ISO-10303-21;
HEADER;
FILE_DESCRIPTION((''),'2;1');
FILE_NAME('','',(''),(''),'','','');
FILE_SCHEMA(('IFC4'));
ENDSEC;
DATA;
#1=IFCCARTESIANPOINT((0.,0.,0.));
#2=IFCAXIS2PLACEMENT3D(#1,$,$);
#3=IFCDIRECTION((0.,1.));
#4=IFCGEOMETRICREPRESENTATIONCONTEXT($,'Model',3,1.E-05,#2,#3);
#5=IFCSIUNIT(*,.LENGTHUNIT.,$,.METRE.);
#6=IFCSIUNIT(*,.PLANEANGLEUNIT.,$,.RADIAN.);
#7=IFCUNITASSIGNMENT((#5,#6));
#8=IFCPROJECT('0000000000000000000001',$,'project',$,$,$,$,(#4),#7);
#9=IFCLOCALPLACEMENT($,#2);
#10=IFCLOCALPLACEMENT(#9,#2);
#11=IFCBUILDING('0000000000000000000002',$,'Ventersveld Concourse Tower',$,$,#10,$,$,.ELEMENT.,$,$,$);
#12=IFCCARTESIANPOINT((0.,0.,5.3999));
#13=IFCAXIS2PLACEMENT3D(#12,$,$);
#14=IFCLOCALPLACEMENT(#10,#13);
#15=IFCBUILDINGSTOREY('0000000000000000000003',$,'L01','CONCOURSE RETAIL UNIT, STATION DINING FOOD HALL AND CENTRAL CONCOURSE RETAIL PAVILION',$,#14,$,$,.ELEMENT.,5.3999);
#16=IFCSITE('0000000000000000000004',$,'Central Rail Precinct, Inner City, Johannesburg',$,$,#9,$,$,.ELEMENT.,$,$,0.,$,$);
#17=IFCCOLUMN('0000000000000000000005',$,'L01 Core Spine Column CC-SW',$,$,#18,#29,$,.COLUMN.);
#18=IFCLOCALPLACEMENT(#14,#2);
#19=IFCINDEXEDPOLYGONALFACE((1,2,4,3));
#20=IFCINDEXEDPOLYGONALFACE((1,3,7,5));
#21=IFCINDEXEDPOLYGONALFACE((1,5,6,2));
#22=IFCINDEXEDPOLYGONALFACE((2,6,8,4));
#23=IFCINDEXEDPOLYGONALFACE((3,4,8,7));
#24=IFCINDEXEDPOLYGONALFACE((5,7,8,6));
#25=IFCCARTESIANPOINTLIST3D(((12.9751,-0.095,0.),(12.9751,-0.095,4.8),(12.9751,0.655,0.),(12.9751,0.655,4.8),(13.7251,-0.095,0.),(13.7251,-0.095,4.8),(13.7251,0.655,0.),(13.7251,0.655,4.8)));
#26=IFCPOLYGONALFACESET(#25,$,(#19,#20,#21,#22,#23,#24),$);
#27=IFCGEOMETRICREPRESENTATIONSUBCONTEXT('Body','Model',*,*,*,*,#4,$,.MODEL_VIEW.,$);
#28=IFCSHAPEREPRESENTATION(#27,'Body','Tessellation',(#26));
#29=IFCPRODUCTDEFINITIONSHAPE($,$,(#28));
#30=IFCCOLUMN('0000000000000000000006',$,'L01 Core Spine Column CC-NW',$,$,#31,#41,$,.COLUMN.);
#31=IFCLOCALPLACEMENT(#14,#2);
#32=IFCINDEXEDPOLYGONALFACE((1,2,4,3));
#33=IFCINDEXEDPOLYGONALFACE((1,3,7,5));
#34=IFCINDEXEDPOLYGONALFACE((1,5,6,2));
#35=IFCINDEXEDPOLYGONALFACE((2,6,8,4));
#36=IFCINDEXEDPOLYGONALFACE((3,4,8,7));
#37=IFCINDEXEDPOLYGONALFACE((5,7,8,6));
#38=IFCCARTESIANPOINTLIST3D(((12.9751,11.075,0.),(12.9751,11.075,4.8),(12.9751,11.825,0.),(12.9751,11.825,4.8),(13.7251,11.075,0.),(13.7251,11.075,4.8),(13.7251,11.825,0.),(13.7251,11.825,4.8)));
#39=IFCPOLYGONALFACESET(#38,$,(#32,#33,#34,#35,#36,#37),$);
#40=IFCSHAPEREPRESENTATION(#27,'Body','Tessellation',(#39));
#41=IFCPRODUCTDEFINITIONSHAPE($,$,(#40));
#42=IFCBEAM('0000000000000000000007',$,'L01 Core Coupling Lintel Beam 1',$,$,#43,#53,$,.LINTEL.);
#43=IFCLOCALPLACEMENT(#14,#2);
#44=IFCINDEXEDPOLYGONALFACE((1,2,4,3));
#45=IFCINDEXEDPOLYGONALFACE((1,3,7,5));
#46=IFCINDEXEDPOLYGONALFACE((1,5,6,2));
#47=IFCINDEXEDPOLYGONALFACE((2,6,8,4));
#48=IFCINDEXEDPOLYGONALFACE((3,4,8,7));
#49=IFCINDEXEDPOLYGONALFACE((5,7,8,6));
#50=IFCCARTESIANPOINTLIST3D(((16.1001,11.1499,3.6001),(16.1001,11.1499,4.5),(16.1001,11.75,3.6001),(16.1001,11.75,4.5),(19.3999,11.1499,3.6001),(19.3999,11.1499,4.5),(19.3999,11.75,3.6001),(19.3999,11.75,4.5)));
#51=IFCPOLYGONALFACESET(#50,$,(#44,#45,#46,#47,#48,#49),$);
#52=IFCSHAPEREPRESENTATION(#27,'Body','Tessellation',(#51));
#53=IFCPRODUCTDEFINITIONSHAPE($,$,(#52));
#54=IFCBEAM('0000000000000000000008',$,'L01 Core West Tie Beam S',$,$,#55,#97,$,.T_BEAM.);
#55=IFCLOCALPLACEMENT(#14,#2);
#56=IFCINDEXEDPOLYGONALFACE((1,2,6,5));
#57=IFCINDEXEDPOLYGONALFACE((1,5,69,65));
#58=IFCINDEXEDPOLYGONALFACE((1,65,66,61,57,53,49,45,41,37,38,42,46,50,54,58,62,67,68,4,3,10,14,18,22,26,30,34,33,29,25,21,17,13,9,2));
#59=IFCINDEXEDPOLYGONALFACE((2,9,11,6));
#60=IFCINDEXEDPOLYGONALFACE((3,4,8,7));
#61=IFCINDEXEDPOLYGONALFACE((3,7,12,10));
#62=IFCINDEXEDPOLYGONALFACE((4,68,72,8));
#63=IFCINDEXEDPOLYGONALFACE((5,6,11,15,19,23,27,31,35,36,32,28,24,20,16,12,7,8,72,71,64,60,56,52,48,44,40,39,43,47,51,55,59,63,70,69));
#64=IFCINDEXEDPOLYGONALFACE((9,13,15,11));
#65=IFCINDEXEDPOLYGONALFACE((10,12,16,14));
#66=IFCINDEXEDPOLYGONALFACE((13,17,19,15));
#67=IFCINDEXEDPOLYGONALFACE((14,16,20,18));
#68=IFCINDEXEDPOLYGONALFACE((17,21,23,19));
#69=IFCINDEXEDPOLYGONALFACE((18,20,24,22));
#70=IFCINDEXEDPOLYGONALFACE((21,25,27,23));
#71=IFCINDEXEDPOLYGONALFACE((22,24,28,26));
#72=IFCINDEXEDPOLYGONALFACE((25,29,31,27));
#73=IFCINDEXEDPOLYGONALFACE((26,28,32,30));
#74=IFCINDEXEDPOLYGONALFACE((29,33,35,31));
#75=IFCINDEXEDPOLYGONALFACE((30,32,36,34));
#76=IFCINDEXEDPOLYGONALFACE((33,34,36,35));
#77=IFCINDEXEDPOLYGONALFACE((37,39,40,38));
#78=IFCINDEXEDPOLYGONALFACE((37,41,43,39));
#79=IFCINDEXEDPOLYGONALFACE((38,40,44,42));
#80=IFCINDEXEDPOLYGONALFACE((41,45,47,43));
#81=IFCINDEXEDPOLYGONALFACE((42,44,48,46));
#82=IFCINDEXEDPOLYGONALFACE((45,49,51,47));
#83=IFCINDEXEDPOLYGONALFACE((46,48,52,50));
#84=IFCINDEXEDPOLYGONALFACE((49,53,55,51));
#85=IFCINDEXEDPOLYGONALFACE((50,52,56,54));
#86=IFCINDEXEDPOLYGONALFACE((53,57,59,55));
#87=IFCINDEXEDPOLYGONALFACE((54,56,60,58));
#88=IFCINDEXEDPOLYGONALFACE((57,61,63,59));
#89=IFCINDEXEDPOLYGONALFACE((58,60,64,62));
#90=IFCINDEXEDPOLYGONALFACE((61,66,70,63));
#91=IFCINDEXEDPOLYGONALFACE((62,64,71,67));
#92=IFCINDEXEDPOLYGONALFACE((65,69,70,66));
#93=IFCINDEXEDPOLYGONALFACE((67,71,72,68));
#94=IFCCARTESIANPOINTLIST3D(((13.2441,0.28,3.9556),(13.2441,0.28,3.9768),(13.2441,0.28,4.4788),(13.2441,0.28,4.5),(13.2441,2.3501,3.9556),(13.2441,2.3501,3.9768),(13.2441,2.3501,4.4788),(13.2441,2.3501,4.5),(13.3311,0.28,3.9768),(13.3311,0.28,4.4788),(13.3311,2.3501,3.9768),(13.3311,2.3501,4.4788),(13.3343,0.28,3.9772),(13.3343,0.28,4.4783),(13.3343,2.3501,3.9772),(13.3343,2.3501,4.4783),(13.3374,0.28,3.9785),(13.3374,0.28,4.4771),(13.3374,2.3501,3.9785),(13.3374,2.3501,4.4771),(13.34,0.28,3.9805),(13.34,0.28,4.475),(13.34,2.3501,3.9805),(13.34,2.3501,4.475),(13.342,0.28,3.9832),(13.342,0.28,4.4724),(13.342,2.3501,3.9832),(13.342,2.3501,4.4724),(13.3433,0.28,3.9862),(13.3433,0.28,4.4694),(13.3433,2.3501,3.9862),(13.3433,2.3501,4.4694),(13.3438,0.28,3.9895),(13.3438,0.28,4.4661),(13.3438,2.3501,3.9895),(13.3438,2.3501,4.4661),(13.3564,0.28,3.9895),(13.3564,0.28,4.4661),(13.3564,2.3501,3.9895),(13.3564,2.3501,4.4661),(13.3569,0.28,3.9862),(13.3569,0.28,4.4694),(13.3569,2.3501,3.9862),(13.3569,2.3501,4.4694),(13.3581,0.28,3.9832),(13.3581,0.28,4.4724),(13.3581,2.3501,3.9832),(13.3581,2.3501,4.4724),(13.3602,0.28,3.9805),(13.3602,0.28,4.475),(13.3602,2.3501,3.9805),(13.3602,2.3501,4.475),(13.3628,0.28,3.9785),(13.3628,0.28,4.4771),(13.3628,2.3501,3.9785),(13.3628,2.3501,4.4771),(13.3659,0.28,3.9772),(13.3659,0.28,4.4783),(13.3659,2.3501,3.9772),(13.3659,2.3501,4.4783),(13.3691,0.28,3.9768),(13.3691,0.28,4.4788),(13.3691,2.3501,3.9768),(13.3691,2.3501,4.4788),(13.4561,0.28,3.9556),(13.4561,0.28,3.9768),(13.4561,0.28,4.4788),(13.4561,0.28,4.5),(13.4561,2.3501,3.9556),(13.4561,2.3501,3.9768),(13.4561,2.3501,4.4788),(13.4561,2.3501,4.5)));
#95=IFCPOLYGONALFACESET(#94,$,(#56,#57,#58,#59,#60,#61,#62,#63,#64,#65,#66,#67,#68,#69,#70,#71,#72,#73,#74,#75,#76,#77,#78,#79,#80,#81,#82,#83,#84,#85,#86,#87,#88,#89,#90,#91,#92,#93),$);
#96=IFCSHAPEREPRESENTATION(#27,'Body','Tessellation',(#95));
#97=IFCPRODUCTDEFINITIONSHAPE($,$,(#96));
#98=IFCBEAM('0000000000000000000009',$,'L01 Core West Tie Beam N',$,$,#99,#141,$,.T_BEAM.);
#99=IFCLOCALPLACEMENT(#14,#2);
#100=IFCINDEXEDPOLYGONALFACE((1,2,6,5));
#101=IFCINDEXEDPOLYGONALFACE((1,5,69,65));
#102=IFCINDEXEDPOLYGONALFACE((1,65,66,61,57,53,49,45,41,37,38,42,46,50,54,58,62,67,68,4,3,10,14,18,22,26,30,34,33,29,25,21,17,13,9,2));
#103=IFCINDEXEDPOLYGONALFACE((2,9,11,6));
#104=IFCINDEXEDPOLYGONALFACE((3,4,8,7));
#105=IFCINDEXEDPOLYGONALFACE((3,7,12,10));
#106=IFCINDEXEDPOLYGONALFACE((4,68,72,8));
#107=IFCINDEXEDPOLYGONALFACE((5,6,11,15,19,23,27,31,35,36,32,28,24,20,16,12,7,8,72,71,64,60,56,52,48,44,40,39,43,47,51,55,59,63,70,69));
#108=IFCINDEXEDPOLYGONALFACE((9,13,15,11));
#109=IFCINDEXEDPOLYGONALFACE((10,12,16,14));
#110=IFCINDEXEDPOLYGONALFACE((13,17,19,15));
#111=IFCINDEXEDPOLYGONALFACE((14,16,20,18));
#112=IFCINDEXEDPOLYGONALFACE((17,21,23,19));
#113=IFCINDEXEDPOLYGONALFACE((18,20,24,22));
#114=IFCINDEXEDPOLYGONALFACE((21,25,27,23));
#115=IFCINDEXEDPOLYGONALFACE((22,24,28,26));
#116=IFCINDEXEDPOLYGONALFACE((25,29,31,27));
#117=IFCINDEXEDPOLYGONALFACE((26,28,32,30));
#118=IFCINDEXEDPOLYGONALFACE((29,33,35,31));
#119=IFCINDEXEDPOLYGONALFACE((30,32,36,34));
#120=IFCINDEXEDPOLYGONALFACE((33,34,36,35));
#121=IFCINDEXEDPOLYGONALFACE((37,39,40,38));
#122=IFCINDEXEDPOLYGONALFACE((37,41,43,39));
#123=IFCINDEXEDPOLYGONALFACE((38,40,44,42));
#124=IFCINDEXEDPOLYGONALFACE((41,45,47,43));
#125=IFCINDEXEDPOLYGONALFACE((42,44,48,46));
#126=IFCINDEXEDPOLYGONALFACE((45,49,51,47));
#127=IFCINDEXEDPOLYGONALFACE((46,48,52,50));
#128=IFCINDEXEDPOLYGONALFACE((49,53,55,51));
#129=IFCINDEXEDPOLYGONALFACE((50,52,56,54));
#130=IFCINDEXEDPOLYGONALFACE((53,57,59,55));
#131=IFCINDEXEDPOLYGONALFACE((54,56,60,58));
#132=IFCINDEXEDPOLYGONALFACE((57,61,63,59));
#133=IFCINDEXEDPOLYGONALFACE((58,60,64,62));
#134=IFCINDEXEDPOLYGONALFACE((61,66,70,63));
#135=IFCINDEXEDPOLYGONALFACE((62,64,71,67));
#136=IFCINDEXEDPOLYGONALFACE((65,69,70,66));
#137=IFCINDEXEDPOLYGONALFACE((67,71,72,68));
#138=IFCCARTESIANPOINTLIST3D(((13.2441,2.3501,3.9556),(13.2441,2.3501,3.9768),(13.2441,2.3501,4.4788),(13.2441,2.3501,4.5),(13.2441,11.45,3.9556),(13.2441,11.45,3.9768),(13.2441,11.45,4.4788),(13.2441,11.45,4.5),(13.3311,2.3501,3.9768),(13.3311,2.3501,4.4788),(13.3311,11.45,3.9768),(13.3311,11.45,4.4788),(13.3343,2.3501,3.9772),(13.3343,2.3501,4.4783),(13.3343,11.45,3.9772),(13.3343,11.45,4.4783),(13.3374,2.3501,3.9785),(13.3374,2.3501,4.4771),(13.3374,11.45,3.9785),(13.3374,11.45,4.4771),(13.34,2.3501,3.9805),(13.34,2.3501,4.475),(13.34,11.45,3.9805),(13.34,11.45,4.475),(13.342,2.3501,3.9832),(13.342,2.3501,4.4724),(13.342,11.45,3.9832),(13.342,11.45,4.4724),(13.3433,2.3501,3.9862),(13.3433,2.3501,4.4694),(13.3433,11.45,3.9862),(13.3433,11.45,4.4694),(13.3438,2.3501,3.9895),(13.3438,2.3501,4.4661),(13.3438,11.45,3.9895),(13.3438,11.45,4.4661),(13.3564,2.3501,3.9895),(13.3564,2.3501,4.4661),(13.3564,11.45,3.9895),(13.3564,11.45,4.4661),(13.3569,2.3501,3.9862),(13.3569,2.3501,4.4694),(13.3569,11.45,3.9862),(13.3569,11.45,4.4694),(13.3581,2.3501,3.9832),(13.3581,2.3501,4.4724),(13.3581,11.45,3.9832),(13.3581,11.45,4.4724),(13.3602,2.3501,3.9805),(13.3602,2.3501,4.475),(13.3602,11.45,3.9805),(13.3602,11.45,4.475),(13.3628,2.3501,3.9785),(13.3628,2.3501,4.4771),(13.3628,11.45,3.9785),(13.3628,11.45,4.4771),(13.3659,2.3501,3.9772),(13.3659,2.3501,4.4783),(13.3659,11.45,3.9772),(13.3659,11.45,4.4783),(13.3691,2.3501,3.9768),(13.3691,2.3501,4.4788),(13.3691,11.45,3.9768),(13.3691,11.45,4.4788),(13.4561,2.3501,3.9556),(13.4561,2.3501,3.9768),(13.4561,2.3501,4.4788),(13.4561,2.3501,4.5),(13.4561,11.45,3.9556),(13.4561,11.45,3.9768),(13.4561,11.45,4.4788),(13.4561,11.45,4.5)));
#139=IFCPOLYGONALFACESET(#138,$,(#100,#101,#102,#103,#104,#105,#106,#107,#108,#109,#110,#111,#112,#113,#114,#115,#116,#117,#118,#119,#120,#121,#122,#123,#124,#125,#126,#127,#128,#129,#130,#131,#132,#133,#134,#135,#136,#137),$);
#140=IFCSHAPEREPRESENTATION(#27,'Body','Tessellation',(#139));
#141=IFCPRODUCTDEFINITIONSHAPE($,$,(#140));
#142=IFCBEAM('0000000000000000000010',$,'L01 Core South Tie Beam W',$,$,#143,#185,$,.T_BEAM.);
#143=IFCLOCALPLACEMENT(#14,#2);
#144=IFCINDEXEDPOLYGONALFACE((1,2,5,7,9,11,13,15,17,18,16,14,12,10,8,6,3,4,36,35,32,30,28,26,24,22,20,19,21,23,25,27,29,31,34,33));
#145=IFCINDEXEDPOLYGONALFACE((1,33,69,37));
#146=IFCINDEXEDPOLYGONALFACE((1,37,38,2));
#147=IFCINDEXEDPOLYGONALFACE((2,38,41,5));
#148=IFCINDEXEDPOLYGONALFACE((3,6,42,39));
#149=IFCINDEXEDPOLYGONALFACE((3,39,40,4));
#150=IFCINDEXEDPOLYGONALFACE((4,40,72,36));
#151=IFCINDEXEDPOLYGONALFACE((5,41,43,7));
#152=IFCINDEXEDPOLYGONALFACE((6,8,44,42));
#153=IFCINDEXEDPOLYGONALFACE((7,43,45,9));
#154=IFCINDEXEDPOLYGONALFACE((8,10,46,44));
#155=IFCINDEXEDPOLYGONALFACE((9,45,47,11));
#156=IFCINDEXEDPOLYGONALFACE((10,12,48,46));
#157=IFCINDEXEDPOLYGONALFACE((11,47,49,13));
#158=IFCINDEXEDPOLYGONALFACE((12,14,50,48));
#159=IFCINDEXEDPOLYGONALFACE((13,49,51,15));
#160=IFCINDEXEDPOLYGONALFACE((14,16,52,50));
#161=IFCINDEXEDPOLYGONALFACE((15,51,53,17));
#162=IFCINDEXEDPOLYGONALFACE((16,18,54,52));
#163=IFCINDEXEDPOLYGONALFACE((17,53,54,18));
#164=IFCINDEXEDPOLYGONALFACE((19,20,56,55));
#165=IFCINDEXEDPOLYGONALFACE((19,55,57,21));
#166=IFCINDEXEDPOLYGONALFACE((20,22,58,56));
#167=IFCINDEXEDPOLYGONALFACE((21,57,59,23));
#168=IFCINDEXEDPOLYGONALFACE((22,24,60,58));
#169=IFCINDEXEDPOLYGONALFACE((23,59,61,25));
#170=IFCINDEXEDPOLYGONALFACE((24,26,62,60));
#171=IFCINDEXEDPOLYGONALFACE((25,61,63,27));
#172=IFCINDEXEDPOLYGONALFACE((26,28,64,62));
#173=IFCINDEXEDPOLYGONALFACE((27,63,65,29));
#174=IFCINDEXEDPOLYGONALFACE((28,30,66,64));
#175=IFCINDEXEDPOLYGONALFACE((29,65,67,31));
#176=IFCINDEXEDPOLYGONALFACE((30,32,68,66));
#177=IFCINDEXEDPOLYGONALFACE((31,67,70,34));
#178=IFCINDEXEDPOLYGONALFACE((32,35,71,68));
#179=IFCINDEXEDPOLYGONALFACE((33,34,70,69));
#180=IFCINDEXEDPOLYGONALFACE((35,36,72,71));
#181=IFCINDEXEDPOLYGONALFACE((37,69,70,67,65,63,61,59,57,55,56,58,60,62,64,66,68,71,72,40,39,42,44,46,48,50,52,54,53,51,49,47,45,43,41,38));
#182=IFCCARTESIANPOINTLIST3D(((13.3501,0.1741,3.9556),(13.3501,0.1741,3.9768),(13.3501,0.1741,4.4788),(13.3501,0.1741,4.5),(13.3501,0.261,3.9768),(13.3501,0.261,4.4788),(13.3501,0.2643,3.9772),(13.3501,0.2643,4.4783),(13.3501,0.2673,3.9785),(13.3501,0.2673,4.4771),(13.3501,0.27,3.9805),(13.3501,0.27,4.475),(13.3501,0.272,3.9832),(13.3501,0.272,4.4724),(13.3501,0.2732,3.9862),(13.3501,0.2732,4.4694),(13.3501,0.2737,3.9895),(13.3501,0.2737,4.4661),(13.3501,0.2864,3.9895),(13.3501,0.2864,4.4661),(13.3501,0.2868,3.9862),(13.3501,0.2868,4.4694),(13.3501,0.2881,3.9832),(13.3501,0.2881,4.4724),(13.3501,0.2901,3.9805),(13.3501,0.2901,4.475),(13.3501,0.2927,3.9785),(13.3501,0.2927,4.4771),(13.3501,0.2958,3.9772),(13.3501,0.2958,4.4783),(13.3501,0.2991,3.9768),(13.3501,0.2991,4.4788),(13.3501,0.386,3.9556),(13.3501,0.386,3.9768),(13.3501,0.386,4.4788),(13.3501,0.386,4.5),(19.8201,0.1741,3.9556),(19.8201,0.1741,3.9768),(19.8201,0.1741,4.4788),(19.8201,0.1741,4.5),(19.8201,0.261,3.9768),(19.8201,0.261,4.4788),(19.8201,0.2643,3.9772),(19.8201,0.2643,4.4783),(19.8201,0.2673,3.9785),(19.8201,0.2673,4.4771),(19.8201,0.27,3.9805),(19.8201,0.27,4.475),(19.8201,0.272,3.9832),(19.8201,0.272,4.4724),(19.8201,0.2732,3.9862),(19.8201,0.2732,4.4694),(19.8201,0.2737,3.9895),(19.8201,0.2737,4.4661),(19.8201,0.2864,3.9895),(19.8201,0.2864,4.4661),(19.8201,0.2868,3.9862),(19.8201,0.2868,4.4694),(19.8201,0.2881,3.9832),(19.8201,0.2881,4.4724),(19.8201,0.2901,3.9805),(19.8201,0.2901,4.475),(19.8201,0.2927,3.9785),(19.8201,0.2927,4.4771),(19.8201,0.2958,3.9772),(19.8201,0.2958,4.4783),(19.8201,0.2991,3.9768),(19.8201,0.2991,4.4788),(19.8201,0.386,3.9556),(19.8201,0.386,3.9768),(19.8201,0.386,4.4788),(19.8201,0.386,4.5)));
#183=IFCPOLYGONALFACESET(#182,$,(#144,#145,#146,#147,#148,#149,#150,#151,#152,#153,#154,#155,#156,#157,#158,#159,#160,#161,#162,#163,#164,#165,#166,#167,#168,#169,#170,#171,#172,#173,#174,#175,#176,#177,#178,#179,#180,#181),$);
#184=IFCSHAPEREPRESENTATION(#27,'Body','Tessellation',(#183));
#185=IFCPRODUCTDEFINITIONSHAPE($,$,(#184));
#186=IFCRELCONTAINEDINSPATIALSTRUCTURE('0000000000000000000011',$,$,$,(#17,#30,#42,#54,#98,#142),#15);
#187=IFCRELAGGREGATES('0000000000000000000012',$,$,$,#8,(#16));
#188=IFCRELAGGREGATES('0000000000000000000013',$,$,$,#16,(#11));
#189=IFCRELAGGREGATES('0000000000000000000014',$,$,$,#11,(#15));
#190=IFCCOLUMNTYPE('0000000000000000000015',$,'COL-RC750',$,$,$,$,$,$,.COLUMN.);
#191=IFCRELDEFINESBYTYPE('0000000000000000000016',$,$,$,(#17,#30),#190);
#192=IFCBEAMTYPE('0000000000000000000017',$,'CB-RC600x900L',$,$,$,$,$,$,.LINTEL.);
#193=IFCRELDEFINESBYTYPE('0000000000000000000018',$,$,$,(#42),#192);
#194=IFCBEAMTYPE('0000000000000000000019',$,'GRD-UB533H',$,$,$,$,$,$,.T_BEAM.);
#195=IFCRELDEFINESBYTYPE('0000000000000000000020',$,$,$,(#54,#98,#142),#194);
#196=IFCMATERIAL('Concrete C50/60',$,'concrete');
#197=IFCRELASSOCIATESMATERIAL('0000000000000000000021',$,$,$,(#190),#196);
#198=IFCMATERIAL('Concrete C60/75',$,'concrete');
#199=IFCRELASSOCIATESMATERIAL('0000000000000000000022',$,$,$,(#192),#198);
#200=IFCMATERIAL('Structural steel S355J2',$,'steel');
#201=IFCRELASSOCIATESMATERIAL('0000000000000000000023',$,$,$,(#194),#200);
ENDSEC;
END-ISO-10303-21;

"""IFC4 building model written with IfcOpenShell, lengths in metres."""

from ifc_helpers import new_model, si_unit, direction, frame, origin, origin_2d, place, context, subcontext, project, spatial, rectangle, i_section, extrude, material, material_profile, profile_set, type_object, element, save


model = new_model("IFC4")

# Units and contexts
model_context = context("Model", 3, precision=1e-05, world=origin(), true_north=direction((0.0, 1.0)))
body_context = subcontext(model_context, "Body", "Model", "MODEL_VIEW")
ifc_project = project(units=[si_unit("LENGTHUNIT", "METRE"), si_unit("PLANEANGLEUNIT", "RADIAN")], contexts=[model_context])

# Site, building, storey
site_placement = place(None, origin())
site = spatial("IfcSite", under=ifc_project, at=site_placement, Name="Central Rail Precinct, Inner City, Johannesburg", CompositionType="ELEMENT", RefElevation=0.0)
building_placement = place(site_placement, origin())
building = spatial("IfcBuilding", under=site, at=building_placement, Name="Ventersveld Concourse Tower", CompositionType="ELEMENT")
storey_placement = place(building_placement, frame((0.0, 0.0, 5.3999)))
storey = spatial("IfcBuildingStorey", under=building, at=storey_placement, Name="L01", Description="CONCOURSE RETAIL UNIT, STATION DINING FOOD HALL AND CENTRAL CONCOURSE RETAIL PAVILION", CompositionType="ELEMENT", Elevation=5.3999)

# Columns
ifc_material_1 = material(Name="Concrete C50/60", Category="concrete")
ifc_material_profile_1 = material_profile(ifc_material_1, rectangle(XDim=0.75, YDim=0.75, at=origin_2d()), Name="RC 750x750")
ifc_profile_set_1 = profile_set([ifc_material_profile_1], Name="Concrete C50/60")
column_type = type_object("IfcColumnType", Name="COL-RC750", PredefinedType="COLUMN", material=ifc_profile_set_1)
for number, where, z_axis, x_axis, name in (
    (1, (13.3501, 0.28, 0.0), (0.0, 0.0, 1.0), (1.0, 0.0, 0.0), "L01 Core Spine Column CC-SW"),
    (2, (13.3501, 11.45, 0.0), (0.0, 0.0, 1.0), (1.0, 0.0, 0.0), "L01 Core Spine Column CC-NW"),
):
    element("IfcColumn", number, at=place(storey_placement, frame(where, z_axis=z_axis, x_axis=x_axis)), inside=storey, type_object=column_type, Name=name, PredefinedType="COLUMN", context=body_context, shape_type="SweptSolid", body=[
        extrude(rectangle(XDim=0.75, YDim=0.75, at=origin_2d()), origin(), (0.0, 0.0, 1.0), 4.8),
    ])

# Beams
ifc_material_2 = material(Name="Concrete C60/75", Category="concrete")
ifc_material_profile_2 = material_profile(ifc_material_2, rectangle(XDim=0.6001, YDim=0.8999, at=origin_2d()), Name="RC 600x900")
ifc_profile_set_2 = profile_set([ifc_material_profile_2], Name="Concrete C60/75")
beam_type_1 = type_object("IfcBeamType", Name="CB-RC600x900L", PredefinedType="LINTEL", material=ifc_profile_set_2)
beam_1_placement = place(storey_placement, frame((16.1001, 11.45, 4.05), z_axis=(1.0, 0.0, 0.0), x_axis=(0.0, 1.0, 0.0)))
element("IfcBeam", 3, at=beam_1_placement, inside=storey, type_object=beam_type_1, Name="L01 Core Coupling Lintel Beam 1", PredefinedType="LINTEL", context=body_context, shape_type="SweptSolid", body=[
    extrude(rectangle(XDim=0.6001, YDim=0.8999, at=origin_2d()), origin(), (0.0, 0.0, 1.0), 3.2998),
])
ifc_material_3 = material(Name="Structural steel S355J2", Category="steel")
ifc_material_profile_3 = material_profile(ifc_material_3, i_section(OverallWidth=0.2119, OverallDepth=0.5444, WebThickness=0.0127, FlangeThickness=0.0212, FilletRadius=0.0127, at=origin_2d()), Name="UB 533x210x122")
ifc_profile_set_3 = profile_set([ifc_material_profile_3], Name="Structural steel S355J2")
beam_type_2 = type_object("IfcBeamType", Name="GRD-UB533H", PredefinedType="T_BEAM", material=ifc_profile_set_3)
beam_2_placement = place(storey_placement, frame((13.3501, 0.28, 4.2278), z_axis=(0.0, 1.0, 0.0), x_axis=(-1.0, 0.0, 0.0)))
element("IfcBeam", 4, at=beam_2_placement, inside=storey, type_object=beam_type_2, Name="L01 Core West Tie Beam S", PredefinedType="T_BEAM", context=body_context, shape_type="SweptSolid", body=[
    extrude(i_section(OverallWidth=0.2119, OverallDepth=0.5444, WebThickness=0.0127, FlangeThickness=0.0212, FilletRadius=0.0127, at=origin_2d()), origin(), (0.0, 0.0, 1.0), 2.0701),
])
beam_3_placement = place(storey_placement, frame((13.3501, 2.3501, 4.2278), z_axis=(0.0, 1.0, 0.0), x_axis=(-1.0, 0.0, 0.0)))
element("IfcBeam", 5, at=beam_3_placement, inside=storey, type_object=beam_type_2, Name="L01 Core West Tie Beam N", PredefinedType="T_BEAM", context=body_context, shape_type="SweptSolid", body=[
    extrude(i_section(OverallWidth=0.2119, OverallDepth=0.5444, WebThickness=0.0127, FlangeThickness=0.0212, FilletRadius=0.0127, at=origin_2d()), origin(), (0.0, 0.0, 1.0), 9.0999),
])
beam_4_placement = place(storey_placement, frame((13.3501, 0.28, 4.2278), z_axis=(1.0, 0.0, 0.0), x_axis=(0.0, 1.0, 0.0)))
element("IfcBeam", 6, at=beam_4_placement, inside=storey, type_object=beam_type_2, Name="L01 Core South Tie Beam W", PredefinedType="T_BEAM", context=body_context, shape_type="SweptSolid", body=[
    extrude(i_section(OverallWidth=0.2119, OverallDepth=0.5444, WebThickness=0.0127, FlangeThickness=0.0212, FilletRadius=0.0127, at=origin_2d()), origin(), (0.0, 0.0, 1.0), 6.47),
])

save(model, "model.ifc")
